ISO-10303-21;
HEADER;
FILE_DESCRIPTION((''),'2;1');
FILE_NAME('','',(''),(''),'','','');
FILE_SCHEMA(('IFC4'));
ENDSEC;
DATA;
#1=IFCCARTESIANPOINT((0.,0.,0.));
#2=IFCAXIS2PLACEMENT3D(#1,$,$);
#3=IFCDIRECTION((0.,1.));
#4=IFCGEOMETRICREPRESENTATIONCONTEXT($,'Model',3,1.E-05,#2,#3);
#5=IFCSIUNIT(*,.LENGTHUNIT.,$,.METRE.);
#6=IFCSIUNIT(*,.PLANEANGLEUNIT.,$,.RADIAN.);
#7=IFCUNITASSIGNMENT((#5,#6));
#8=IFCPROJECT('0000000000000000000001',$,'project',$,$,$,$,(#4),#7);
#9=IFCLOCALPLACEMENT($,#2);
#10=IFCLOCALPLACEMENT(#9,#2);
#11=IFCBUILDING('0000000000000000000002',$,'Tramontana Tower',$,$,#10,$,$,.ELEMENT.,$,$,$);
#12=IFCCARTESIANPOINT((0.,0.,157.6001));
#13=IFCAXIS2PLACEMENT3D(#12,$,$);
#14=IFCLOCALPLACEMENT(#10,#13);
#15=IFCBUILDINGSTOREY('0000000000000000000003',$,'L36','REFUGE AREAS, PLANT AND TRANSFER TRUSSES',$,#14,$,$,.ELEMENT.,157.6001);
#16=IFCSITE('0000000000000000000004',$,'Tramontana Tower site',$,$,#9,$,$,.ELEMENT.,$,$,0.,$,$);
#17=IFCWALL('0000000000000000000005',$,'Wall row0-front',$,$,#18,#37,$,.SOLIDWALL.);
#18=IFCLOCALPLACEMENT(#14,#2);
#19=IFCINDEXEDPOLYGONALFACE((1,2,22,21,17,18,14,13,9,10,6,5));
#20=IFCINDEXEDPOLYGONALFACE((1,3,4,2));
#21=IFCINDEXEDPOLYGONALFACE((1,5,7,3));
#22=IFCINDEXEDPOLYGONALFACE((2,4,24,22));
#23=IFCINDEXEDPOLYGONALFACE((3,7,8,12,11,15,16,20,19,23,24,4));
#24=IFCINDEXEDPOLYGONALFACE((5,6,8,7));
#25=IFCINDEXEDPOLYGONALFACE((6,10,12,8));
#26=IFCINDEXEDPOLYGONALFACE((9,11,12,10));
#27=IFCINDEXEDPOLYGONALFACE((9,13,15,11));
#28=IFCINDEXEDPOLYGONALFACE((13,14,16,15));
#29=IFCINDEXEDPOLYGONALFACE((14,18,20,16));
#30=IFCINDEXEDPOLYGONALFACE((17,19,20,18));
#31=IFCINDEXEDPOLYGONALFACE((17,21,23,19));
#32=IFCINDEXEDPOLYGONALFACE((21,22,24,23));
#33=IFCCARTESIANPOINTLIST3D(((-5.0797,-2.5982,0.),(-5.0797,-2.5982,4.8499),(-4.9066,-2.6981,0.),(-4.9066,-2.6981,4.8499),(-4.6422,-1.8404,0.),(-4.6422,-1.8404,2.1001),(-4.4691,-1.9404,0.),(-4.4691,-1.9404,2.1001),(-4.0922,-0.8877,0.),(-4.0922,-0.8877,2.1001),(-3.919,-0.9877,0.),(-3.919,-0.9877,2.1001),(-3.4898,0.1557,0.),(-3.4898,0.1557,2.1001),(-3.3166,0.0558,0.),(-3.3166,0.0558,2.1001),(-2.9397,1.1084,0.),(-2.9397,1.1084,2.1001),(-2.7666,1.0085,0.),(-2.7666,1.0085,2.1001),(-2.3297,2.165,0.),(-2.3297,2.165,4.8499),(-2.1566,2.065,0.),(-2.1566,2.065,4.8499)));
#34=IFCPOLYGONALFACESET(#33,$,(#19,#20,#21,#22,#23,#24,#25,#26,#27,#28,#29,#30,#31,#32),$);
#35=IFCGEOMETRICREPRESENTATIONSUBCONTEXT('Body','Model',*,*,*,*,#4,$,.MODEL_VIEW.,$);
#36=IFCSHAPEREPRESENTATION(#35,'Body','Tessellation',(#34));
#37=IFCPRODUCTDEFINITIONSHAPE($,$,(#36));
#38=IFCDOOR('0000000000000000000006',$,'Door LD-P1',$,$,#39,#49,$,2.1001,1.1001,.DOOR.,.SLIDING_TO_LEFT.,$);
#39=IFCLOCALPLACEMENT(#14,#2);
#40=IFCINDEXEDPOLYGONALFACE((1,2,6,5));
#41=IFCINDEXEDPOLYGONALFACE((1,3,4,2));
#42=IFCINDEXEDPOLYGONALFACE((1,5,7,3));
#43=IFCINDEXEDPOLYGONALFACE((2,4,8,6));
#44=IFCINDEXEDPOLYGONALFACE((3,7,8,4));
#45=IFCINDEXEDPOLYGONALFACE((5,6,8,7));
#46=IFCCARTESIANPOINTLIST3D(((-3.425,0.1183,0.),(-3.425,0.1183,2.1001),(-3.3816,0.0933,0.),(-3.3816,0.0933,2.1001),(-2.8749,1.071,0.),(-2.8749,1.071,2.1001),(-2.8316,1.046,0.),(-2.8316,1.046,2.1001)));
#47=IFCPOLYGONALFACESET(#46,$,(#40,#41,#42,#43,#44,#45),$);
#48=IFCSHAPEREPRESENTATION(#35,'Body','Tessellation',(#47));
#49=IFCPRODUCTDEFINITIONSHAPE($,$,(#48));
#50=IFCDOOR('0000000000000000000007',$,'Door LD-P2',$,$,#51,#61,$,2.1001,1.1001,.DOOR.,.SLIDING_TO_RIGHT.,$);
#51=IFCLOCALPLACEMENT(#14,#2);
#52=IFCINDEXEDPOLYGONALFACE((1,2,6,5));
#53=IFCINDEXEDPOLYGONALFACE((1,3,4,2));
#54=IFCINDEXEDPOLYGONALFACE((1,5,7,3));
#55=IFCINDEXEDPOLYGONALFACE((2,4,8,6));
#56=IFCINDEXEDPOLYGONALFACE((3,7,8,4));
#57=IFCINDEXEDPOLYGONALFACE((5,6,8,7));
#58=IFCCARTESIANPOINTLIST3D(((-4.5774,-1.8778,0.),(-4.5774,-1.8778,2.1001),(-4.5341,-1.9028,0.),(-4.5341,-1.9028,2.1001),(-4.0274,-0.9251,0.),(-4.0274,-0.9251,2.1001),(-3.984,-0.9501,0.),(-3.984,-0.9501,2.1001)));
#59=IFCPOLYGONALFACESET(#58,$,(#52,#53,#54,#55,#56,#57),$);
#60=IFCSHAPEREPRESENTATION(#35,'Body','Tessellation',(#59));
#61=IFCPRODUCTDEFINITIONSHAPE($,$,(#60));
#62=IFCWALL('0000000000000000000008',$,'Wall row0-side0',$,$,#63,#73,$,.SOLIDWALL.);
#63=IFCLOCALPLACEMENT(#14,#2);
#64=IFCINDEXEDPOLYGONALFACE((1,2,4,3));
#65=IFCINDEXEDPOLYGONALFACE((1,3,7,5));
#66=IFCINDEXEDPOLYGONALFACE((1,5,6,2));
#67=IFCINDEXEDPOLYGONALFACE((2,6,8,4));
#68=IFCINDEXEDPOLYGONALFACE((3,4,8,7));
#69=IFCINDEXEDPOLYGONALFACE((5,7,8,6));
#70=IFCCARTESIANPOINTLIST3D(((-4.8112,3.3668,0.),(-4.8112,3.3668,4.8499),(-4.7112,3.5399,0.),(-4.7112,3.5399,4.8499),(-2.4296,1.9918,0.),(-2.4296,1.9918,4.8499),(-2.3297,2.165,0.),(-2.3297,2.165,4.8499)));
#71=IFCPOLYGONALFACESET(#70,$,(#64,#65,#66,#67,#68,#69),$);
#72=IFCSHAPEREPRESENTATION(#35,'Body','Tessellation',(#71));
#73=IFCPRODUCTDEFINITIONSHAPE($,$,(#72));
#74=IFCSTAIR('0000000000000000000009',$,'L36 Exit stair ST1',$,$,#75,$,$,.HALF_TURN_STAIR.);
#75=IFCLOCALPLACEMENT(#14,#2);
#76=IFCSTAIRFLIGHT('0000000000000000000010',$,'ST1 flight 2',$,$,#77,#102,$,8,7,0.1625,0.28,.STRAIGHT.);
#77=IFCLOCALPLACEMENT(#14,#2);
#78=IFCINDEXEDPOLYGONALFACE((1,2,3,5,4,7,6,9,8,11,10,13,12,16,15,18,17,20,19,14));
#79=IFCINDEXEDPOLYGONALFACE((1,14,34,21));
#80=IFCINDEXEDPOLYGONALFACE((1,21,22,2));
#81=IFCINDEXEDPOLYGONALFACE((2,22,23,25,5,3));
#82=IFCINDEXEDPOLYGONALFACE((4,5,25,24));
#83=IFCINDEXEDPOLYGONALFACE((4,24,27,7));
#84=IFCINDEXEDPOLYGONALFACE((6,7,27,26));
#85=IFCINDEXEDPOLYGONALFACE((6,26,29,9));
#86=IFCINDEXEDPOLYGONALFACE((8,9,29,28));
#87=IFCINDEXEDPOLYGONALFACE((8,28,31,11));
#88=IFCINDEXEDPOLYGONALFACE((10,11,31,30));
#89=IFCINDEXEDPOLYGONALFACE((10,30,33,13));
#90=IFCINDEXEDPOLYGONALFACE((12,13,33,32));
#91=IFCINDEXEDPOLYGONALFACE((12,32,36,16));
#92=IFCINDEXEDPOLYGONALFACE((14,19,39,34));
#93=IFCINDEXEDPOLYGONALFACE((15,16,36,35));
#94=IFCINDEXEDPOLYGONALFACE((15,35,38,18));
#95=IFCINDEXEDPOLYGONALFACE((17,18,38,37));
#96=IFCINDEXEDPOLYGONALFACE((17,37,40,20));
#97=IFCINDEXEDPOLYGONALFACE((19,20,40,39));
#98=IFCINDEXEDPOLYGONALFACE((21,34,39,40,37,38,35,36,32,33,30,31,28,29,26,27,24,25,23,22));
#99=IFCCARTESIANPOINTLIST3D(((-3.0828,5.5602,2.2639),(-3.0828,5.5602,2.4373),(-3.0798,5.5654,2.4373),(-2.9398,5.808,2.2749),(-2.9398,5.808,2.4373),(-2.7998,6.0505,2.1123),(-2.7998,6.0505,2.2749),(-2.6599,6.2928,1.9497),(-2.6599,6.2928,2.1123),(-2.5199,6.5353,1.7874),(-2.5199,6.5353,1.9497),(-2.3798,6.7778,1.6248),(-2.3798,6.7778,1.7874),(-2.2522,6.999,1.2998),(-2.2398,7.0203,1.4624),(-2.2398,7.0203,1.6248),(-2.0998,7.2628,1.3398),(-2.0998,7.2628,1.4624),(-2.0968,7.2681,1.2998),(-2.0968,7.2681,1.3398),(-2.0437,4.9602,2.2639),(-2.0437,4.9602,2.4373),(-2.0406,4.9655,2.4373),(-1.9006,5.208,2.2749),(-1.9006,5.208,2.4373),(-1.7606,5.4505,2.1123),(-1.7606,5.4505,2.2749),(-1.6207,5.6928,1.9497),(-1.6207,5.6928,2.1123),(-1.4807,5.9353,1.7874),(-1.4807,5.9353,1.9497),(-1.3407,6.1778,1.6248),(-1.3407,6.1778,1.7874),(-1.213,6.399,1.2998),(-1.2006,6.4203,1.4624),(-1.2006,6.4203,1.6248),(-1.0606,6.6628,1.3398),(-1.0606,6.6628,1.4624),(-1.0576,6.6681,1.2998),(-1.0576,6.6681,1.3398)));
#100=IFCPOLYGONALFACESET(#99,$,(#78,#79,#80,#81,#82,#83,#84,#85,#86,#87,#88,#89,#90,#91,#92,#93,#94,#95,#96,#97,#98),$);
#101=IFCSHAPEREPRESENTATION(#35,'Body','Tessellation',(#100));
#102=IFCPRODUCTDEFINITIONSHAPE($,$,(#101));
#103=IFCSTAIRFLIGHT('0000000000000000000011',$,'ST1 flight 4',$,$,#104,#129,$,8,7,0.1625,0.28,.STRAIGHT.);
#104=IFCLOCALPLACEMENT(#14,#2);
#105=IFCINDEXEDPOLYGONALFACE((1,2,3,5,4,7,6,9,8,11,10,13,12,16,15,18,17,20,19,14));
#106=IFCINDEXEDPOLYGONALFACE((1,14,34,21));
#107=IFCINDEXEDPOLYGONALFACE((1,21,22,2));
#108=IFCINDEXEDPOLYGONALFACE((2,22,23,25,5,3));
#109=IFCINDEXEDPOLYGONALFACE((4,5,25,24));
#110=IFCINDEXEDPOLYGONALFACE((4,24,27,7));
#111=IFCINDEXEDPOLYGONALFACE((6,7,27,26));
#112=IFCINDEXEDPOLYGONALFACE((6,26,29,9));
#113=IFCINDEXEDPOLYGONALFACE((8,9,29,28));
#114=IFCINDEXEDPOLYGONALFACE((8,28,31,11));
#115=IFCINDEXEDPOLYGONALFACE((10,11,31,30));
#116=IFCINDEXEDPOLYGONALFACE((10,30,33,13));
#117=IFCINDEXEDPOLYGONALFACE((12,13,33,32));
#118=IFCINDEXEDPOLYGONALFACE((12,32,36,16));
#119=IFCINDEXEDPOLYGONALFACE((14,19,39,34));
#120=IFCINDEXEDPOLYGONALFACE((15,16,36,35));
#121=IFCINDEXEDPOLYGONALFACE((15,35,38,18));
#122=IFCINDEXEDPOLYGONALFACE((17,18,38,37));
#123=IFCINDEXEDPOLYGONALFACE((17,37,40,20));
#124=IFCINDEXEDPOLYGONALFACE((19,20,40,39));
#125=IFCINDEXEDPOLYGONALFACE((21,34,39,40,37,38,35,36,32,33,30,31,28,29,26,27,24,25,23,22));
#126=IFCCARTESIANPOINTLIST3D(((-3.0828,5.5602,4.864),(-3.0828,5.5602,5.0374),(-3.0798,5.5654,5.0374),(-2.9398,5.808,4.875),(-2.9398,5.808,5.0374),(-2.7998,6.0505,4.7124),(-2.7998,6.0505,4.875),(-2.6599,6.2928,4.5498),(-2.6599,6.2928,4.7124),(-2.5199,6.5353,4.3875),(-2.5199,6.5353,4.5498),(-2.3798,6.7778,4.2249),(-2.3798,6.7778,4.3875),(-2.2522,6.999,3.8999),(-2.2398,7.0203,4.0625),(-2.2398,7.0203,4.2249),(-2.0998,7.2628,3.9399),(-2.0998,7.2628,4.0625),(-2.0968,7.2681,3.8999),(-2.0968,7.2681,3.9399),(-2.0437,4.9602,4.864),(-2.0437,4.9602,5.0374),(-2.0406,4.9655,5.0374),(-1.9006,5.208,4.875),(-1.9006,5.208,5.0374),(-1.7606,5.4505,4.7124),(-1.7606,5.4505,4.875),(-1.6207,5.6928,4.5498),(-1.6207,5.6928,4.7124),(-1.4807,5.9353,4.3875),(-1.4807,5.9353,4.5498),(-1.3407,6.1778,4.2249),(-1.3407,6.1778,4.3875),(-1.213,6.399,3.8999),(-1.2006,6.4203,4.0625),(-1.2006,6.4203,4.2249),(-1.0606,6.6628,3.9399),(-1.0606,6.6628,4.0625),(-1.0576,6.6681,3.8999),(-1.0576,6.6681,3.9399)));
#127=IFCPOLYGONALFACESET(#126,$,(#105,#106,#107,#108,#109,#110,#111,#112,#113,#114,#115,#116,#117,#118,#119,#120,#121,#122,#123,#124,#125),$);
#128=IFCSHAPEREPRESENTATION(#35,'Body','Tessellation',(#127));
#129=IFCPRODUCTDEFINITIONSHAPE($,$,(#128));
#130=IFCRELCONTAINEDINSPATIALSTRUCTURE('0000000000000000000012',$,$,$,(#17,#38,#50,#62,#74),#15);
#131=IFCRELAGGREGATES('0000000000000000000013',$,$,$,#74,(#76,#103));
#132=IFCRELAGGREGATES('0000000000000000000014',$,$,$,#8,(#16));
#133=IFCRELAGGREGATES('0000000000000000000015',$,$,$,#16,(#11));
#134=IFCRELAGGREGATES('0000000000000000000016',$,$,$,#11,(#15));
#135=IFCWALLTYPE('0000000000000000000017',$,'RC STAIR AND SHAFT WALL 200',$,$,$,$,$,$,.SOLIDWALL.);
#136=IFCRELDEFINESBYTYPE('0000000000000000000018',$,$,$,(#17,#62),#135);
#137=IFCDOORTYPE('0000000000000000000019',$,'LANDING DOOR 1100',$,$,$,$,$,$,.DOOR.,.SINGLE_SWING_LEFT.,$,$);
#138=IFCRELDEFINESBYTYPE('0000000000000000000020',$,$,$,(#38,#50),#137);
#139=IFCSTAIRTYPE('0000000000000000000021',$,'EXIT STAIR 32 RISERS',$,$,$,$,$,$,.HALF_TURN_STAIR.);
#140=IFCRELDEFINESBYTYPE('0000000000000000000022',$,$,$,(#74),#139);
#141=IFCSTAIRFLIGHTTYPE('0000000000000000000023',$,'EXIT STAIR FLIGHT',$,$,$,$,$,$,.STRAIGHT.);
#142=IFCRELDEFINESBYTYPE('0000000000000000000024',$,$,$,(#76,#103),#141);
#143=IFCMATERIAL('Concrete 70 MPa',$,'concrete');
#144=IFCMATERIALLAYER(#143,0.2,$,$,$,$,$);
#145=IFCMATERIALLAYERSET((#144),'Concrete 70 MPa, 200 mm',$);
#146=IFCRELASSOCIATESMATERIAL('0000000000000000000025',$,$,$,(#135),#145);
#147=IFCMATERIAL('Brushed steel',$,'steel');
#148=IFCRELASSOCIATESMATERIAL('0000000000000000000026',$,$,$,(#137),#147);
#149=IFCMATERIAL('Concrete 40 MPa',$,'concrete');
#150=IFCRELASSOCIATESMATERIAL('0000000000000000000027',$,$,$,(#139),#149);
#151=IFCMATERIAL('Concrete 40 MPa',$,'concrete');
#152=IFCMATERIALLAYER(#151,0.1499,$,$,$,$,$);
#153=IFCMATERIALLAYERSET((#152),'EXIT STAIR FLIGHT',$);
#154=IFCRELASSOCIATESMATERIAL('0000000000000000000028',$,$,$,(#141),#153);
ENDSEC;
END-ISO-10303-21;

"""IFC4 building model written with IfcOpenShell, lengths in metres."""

from ifc_helpers import new_model, si_unit, direction, frame, frame_2d, origin, place, context, subcontext, project, spatial, polyline, rectangle, outline, extrude, material, layer, layer_set, type_object, element, fill, aggregate, save


model = new_model("IFC4")

# Units and contexts
model_context = context("Model", 3, precision=1e-05, world=origin(), true_north=direction((0.0, 1.0)))
body_context = subcontext(model_context, "Body", "Model", "MODEL_VIEW")
ifc_project = project(units=[si_unit("LENGTHUNIT", "METRE"), si_unit("PLANEANGLEUNIT", "RADIAN")], contexts=[model_context])

# Site, building, storey
site_placement = place(None, origin())
site = spatial("IfcSite", under=ifc_project, at=site_placement, Name="Tramontana Tower site", CompositionType="ELEMENT", RefElevation=0.0)
building_placement = place(site_placement, origin())
building = spatial("IfcBuilding", under=site, at=building_placement, Name="Tramontana Tower", CompositionType="ELEMENT")
storey_placement = place(building_placement, frame((0.0, 0.0, 157.6001)))
storey = spatial("IfcBuildingStorey", under=building, at=storey_placement, Name="L36", Description="REFUGE AREAS, PLANT AND TRANSFER TRUSSES", CompositionType="ELEMENT", Elevation=157.6001)

# Shared definitions
ifc_material_1 = material(Name="Concrete 70 MPa", Category="concrete")
ifc_layer_1 = layer(ifc_material_1, 0.2)
ifc_layer_set_1 = layer_set([ifc_layer_1], Name="Concrete 70 MPa, 200 mm")
wall_type_1 = type_object("IfcWallType", Name="RC STAIR AND SHAFT WALL 200", PredefinedType="SOLIDWALL", material=ifc_layer_set_1)

# Wall, openings, doors
wall_1_placement = place(storey_placement, frame((-2.2432, 2.115, 0.0), z_axis=(0.0, 0.0, 1.0), x_axis=(-0.499997, -0.866027, 0.0)))
wall_1 = element("IfcWall", 1, at=wall_1_placement, inside=storey, type_object=wall_type_1, Name="Wall row0-front", PredefinedType="SOLIDWALL", context=body_context, shape_type="SweptSolid", body=[
    extrude(rectangle(XDim=5.5, YDim=0.2, at=frame_2d((2.75, 0.0))), origin(), (0.0, 0.0, 1.0), 4.8499),
])
opening_1_placement = place(wall_1_placement, frame((1.22, 0.0, 0.0)))
opening_1 = element("IfcOpeningElement", 2, at=opening_1_placement, cuts=wall_1, PredefinedType="OPENING", context=body_context, shape_type="SweptSolid", body=[
    extrude(rectangle(XDim=1.1001, YDim=2.1001, at=frame_2d((0.55, 1.05))), frame((0.0, 0.1099, 0.0), z_axis=(0.0, -1.0, 0.0), x_axis=(1.0, 0.0, 0.0)), (0.0, 0.0, 1.0), 0.22),
])
opening_2_placement = place(wall_1_placement, frame((3.5249, 0.0, 0.0)))
opening_2 = element("IfcOpeningElement", 3, at=opening_2_placement, cuts=wall_1, PredefinedType="OPENING", context=body_context, shape_type="SweptSolid", body=[
    extrude(rectangle(XDim=1.1001, YDim=2.1001, at=frame_2d((0.55, 1.05))), frame((0.0, 0.1099, 0.0), z_axis=(0.0, -1.0, 0.0), x_axis=(1.0, 0.0, 0.0)), (0.0, 0.0, 1.0), 0.22),
])
ifc_material_2 = material(Name="Brushed steel", Category="steel")
door_type_1 = type_object("IfcDoorType", Name="LANDING DOOR 1100", OperationType="SINGLE_SWING_LEFT", PredefinedType="DOOR", material=ifc_material_2)
door_1_placement = place(opening_1_placement, origin())
door_1 = element("IfcDoor", 4, at=door_1_placement, inside=storey, type_object=door_type_1, Name="Door LD-P1", OperationType="SLIDING_TO_LEFT", OverallHeight=2.1001, OverallWidth=1.1001, PredefinedType="DOOR", context=body_context, shape_type="SweptSolid", body=[
    extrude(rectangle(XDim=1.1001, YDim=2.1001, at=frame_2d((0.55, 1.05))), frame((0.0, 0.0249, 0.0), z_axis=(0.0, -1.0, 0.0), x_axis=(1.0, 0.0, 0.0)), (0.0, 0.0, 1.0), 0.05),
])
fill(opening_1, door_1)
door_2_placement = place(opening_2_placement, origin())
door_2 = element("IfcDoor", 5, at=door_2_placement, inside=storey, type_object=door_type_1, Name="Door LD-P2", OperationType="SLIDING_TO_RIGHT", OverallHeight=2.1001, OverallWidth=1.1001, PredefinedType="DOOR", context=body_context, shape_type="SweptSolid", body=[
    extrude(rectangle(XDim=1.1001, YDim=2.1001, at=frame_2d((0.55, 1.05))), frame((0.0, 0.0249, 0.0), z_axis=(0.0, -1.0, 0.0), x_axis=(1.0, 0.0, 0.0)), (0.0, 0.0, 1.0), 0.05),
])
fill(opening_2, door_2)

# Wall
wall_2_placement = place(storey_placement, frame((-2.3796, 2.0784, 0.0), z_axis=(0.0, 0.0, 1.0), x_axis=(-0.866027, 0.499997, 0.0)))
element("IfcWall", 6, at=wall_2_placement, inside=storey, type_object=wall_type_1, Name="Wall row0-side0", PredefinedType="SOLIDWALL", context=body_context, shape_type="SweptSolid", body=[
    extrude(rectangle(XDim=2.75, YDim=0.2, at=frame_2d((1.375, 0.0))), origin(), (0.0, 0.0, 1.0), 4.8499),
])

# Stair, stair flights
ifc_material_3 = material(Name="Concrete 40 MPa", Category="concrete")
stair_type = type_object("IfcStairType", Name="EXIT STAIR 32 RISERS", PredefinedType="HALF_TURN_STAIR", material=ifc_material_3)
stair_placement = place(storey_placement, origin())
stair = element("IfcStair", 7, at=stair_placement, inside=storey, type_object=stair_type, Name="L36 Exit stair ST1", PredefinedType="HALF_TURN_STAIR")
ifc_material_4 = material(Name="Concrete 40 MPa", Category="concrete")
ifc_layer_2 = layer(ifc_material_4, 0.1499)
ifc_layer_set_2 = layer_set([ifc_layer_2], Name="EXIT STAIR FLIGHT")
stair_flight_type = type_object("IfcStairFlightType", Name="EXIT STAIR FLIGHT", PredefinedType="STRAIGHT", material=ifc_layer_set_2)
stair_flight_1_placement = place(storey_placement, frame((-1.5803, 6.9629, 1.2998), z_axis=(0.0, 0.0, 1.0), x_axis=(-0.5, -0.866025, 0.0)))
stair_flight_1 = element("IfcStairFlight", 8, at=stair_flight_1_placement, type_object=stair_flight_type, Name="ST1 flight 2", NumberOfRisers=8, NumberOfTreads=7, PredefinedType="STRAIGHT", RiserHeight=0.1625, TreadLength=0.28, context=body_context, shape_type="SweptSolid", body=[
    extrude(outline(polyline([(-0.0061, 0.0), (-0.0061, 0.04), (0.0, 0.04), (0.0, 0.1626), (0.28, 0.1626), (0.28, 0.325), (0.5601, 0.325), (0.5601, 0.4875), (0.8401, 0.4875), (0.8401, 0.6499), (1.1201, 0.6499), (1.1201, 0.8125), (1.3999, 0.8125), (1.3999, 0.9751), (1.6799, 0.9751), (1.6799, 1.1375), (1.96, 1.1375), (1.9661, 1.1375), (1.9661, 0.9641), (0.3047, 0.0), (-0.0061, 0.0)])), frame((0.0, 0.6001, 0.0), z_axis=(0.0, -1.0, 0.0), x_axis=(1.0, 0.0, 0.0)), (0.0, 0.0, 1.0), 1.2),
])
stair_flight_2_placement = place(storey_placement, frame((-1.5803, 6.9629, 3.8999), z_axis=(0.0, 0.0, 1.0), x_axis=(-0.5, -0.866025, 0.0)))
stair_flight_2 = element("IfcStairFlight", 9, at=stair_flight_2_placement, type_object=stair_flight_type, Name="ST1 flight 4", NumberOfRisers=8, NumberOfTreads=7, PredefinedType="STRAIGHT", RiserHeight=0.1625, TreadLength=0.28, context=body_context, shape_type="SweptSolid", body=[
    extrude(outline(polyline([(-0.0061, 0.0), (-0.0061, 0.04), (0.0, 0.04), (0.0, 0.1626), (0.28, 0.1626), (0.28, 0.325), (0.5601, 0.325), (0.5601, 0.4875), (0.8401, 0.4875), (0.8401, 0.6499), (1.1201, 0.6499), (1.1201, 0.8125), (1.3999, 0.8125), (1.3999, 0.9751), (1.6799, 0.9751), (1.6799, 1.1375), (1.96, 1.1375), (1.9661, 1.1375), (1.9661, 0.9641), (0.3047, 0.0), (-0.0061, 0.0)])), frame((0.0, 0.6001, 0.0), z_axis=(0.0, -1.0, 0.0), x_axis=(1.0, 0.0, 0.0)), (0.0, 0.0, 1.0), 1.2),
])
aggregate(stair, [stair_flight_1, stair_flight_2])

save(model, "model.ifc")
